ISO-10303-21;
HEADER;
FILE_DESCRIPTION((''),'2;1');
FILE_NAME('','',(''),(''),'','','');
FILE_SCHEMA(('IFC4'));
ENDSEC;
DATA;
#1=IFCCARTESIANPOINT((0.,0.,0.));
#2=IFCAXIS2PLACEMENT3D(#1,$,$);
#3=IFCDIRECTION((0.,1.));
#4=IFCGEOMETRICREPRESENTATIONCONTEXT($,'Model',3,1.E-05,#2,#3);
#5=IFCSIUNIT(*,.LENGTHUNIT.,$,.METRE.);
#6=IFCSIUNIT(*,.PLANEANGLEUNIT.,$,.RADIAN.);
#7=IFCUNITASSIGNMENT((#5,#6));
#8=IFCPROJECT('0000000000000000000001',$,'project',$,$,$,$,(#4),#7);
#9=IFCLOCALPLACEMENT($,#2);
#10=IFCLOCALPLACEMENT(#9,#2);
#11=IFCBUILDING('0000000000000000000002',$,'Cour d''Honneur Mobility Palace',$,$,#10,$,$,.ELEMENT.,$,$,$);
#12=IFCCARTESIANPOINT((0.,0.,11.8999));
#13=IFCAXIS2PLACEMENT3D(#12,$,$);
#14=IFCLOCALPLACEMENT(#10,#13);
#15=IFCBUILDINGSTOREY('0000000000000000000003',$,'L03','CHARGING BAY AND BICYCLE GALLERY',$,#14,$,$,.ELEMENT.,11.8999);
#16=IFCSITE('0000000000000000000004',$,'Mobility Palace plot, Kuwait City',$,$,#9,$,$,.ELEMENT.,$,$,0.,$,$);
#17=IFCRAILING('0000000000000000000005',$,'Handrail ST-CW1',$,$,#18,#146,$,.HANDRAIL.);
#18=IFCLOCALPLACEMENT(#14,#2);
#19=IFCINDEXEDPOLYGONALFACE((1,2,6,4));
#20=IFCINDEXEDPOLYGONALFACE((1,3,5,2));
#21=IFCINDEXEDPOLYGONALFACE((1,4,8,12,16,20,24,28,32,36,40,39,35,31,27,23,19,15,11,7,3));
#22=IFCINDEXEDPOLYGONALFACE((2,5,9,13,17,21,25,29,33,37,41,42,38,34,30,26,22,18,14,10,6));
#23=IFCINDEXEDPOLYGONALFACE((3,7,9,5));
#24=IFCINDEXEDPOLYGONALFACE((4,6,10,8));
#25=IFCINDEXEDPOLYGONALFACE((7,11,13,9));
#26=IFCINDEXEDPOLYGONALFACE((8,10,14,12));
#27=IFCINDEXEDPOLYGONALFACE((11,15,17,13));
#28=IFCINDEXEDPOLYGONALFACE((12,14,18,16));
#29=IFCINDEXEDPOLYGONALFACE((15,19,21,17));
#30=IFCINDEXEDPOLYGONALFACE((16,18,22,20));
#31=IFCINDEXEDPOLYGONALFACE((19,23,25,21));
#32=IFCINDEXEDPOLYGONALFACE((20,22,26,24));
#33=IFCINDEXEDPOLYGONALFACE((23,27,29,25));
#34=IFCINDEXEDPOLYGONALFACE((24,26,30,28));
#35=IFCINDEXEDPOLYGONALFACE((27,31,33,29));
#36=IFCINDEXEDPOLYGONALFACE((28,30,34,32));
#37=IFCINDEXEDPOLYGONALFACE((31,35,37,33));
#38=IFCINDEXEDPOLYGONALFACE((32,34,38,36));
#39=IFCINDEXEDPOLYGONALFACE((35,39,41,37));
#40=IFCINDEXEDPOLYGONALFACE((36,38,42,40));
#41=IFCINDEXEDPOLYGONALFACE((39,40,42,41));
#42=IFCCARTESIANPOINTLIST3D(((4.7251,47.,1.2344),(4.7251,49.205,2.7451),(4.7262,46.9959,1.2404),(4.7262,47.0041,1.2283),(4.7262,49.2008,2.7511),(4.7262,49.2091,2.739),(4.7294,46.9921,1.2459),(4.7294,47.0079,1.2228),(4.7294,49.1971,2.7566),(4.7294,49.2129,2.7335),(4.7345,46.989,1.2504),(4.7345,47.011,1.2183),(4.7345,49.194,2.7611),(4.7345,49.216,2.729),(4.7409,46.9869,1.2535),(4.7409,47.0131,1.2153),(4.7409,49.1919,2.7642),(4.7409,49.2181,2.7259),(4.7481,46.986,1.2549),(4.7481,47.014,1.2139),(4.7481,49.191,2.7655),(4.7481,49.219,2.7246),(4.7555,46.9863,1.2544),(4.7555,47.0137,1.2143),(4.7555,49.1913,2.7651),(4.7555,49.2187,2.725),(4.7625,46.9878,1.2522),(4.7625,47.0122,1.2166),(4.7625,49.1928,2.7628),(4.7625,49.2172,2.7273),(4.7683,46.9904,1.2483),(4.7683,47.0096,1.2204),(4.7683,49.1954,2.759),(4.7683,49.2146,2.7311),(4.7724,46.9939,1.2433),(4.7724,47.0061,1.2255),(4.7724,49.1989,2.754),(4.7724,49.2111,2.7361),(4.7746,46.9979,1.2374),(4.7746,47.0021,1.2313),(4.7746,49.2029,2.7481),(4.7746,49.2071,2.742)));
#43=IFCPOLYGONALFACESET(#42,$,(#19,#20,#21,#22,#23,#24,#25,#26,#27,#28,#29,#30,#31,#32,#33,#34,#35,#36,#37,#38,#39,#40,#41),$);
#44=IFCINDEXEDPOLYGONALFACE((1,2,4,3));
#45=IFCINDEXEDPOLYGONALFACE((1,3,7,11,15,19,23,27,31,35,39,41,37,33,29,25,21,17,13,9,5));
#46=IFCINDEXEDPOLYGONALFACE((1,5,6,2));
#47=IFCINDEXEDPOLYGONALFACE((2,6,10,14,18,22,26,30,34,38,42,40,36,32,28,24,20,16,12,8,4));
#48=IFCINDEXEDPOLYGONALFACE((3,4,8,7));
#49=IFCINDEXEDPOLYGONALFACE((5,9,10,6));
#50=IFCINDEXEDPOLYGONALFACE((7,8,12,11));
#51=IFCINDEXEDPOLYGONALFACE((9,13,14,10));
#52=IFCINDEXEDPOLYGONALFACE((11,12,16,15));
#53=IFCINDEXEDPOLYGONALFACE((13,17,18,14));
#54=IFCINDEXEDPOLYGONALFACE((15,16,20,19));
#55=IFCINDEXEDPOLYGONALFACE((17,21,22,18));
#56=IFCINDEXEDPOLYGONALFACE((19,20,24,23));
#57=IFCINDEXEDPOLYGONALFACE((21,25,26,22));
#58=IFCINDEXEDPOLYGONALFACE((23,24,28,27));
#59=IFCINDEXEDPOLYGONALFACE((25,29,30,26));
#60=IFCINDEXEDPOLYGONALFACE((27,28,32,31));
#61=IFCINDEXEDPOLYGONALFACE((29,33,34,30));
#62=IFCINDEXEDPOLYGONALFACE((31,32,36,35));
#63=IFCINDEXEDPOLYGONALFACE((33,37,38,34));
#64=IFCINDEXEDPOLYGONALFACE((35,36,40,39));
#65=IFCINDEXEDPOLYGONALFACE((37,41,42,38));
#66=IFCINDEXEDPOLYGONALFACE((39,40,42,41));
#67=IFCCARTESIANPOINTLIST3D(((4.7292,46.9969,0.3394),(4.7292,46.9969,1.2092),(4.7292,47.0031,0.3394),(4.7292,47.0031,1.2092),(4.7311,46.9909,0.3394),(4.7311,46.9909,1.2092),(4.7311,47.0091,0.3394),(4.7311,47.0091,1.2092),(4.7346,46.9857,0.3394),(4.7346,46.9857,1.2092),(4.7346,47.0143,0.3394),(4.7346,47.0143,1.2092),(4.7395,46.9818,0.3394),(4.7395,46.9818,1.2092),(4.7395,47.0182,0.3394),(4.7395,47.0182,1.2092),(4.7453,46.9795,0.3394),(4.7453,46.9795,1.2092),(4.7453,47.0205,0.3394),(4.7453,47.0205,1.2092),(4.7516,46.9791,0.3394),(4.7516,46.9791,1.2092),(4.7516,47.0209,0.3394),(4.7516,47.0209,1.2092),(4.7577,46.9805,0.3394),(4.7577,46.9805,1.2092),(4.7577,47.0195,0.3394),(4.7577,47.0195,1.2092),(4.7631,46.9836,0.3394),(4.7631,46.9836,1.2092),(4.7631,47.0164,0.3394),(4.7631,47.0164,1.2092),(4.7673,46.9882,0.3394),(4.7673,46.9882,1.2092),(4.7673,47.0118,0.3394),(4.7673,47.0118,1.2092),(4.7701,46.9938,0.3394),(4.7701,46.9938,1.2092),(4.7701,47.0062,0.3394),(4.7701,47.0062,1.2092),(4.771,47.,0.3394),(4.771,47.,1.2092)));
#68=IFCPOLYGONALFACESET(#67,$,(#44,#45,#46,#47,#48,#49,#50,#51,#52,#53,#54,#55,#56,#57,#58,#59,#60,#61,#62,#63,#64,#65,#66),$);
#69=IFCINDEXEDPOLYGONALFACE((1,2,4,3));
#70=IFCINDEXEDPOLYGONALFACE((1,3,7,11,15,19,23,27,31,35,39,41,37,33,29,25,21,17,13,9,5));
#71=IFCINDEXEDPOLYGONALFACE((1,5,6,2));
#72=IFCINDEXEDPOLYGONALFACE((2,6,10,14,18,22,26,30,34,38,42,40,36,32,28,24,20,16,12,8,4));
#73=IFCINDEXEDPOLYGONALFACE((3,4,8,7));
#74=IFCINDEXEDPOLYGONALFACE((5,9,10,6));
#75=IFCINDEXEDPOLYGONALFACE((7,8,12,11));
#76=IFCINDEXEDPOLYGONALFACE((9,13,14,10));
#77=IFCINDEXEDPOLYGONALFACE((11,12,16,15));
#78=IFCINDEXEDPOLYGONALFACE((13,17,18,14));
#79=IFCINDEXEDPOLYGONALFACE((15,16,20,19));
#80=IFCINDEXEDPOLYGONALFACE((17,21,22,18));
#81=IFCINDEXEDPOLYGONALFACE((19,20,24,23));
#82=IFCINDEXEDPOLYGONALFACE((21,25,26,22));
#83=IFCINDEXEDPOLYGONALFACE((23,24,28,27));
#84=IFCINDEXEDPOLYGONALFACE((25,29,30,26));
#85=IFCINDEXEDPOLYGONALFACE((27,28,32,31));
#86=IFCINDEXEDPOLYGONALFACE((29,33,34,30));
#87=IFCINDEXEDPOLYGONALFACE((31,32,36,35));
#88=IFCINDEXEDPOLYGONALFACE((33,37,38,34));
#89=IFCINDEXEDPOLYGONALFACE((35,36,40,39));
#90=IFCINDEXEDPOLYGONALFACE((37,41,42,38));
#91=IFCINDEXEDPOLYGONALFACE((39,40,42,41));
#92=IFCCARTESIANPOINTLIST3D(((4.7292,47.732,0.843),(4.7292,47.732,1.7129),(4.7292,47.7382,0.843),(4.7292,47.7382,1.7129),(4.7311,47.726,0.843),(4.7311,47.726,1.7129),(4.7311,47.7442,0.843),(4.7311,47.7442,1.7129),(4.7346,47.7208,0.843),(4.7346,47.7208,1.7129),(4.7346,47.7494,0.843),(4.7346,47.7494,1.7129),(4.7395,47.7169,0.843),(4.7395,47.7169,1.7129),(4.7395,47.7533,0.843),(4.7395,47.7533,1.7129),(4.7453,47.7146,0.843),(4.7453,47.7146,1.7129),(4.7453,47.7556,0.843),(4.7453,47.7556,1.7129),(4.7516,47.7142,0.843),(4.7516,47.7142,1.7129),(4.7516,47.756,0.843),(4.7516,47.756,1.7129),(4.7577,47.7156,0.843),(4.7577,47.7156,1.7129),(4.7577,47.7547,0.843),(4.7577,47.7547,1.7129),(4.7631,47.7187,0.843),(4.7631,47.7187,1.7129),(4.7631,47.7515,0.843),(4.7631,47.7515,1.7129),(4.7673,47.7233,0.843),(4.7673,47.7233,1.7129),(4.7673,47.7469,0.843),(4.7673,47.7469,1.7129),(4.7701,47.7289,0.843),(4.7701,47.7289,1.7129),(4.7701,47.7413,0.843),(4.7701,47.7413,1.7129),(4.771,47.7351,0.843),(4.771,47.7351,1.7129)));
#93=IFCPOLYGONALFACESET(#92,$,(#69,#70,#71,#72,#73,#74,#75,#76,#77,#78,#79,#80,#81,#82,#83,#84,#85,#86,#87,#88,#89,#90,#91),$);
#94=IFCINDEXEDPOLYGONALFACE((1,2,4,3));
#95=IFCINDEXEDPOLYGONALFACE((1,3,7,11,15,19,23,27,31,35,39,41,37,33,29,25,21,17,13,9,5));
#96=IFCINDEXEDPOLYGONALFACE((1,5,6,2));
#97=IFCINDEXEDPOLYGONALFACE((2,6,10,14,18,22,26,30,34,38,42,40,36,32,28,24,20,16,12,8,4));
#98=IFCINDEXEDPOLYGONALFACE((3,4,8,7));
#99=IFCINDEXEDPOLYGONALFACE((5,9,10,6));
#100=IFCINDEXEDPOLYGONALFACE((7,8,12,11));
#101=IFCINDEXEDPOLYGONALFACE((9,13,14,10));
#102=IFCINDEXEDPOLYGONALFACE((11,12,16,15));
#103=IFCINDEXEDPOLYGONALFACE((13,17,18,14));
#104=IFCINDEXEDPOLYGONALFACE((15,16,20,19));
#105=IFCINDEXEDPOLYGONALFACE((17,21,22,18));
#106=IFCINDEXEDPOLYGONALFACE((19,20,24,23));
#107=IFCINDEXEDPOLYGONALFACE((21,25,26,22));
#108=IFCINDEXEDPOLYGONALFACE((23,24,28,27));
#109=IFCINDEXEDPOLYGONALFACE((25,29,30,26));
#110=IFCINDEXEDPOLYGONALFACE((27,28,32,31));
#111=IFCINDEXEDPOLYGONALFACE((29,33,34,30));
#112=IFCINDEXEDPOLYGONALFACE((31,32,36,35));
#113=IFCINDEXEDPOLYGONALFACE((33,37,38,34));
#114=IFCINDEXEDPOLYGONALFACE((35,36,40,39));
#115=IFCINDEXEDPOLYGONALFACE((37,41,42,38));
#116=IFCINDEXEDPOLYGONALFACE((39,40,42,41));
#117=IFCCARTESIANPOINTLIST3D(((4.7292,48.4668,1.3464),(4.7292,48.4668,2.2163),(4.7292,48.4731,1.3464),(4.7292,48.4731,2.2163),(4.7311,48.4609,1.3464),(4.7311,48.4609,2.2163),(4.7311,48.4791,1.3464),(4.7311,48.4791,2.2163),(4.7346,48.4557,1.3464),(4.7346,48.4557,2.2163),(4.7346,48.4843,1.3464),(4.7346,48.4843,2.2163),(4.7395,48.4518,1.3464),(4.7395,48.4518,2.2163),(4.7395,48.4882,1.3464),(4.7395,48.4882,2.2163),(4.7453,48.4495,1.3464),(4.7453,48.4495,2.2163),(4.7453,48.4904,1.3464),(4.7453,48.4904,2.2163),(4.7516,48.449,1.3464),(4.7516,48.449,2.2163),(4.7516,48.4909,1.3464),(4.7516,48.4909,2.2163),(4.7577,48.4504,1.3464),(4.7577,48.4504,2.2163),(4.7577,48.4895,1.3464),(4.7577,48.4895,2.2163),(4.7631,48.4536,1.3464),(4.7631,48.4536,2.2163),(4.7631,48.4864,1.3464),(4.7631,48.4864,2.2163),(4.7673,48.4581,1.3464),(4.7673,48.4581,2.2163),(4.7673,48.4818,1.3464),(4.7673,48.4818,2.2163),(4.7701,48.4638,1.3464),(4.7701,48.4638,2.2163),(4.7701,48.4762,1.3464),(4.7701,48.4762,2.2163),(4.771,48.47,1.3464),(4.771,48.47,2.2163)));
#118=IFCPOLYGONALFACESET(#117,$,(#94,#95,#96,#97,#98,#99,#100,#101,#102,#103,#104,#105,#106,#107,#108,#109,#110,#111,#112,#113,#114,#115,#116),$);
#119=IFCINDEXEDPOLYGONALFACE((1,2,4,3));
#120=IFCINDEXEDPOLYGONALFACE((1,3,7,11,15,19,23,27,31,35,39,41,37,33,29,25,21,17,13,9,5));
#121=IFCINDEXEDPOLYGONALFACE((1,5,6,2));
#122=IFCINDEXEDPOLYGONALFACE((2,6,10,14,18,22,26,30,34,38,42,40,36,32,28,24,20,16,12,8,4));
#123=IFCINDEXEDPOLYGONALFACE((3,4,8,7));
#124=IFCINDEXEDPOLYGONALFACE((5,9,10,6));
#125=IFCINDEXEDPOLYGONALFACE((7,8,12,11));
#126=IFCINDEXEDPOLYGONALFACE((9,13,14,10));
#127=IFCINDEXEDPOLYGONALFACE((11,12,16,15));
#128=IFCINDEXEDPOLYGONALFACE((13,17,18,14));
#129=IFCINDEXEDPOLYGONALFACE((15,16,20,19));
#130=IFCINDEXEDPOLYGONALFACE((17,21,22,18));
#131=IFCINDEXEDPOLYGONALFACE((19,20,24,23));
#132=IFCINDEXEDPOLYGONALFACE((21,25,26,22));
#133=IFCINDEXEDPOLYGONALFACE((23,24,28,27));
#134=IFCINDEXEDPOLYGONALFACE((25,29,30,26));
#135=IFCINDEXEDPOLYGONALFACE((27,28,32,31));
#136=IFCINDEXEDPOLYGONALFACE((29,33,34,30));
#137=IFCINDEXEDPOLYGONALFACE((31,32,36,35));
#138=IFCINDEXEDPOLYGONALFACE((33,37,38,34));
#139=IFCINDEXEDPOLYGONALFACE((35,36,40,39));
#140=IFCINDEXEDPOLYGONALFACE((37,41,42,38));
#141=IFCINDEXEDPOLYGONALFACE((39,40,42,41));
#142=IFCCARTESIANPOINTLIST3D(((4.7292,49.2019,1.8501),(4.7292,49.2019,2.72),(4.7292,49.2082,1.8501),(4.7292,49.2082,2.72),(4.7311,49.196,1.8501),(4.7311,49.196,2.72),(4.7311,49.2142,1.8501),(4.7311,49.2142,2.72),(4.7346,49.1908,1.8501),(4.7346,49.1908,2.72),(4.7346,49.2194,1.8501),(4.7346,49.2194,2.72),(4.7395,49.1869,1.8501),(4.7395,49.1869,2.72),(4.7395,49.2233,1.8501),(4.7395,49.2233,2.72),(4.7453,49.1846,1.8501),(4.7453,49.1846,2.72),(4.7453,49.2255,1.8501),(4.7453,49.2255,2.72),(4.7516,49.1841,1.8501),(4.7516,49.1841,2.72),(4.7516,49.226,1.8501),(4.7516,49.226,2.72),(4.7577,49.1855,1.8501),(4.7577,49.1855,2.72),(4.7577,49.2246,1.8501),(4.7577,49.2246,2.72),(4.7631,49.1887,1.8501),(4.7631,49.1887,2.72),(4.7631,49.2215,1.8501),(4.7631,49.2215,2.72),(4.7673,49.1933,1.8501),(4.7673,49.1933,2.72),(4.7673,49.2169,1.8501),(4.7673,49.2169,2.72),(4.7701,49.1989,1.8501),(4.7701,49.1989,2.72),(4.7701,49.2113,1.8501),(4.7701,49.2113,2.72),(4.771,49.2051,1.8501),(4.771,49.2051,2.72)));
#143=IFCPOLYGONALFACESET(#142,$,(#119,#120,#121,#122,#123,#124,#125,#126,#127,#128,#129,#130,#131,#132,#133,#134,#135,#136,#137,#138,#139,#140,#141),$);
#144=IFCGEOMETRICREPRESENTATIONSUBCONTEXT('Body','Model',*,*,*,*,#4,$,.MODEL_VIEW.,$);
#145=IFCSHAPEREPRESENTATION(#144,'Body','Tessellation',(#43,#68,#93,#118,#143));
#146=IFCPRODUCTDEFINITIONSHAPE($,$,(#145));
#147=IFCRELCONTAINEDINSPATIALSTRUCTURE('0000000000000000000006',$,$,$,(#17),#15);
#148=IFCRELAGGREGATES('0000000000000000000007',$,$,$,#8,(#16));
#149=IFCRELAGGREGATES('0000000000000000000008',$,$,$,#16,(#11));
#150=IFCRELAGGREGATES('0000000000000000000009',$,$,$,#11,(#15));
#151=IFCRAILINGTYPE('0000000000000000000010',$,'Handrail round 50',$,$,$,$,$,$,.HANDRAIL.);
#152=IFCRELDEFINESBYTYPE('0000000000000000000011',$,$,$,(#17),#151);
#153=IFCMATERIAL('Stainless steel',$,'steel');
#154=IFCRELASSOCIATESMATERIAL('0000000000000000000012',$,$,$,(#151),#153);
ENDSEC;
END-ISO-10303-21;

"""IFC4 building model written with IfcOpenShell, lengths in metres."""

from ifc_helpers import new_model, si_unit, direction, frame, origin, origin_2d, place, context, subcontext, project, spatial, circle, extrude, material, type_object, element, save


model = new_model("IFC4")

# Units and contexts
model_context = context("Model", 3, precision=1e-05, world=origin(), true_north=direction((0.0, 1.0)))
body_context = subcontext(model_context, "Body", "Model", "MODEL_VIEW")
ifc_project = project(units=[si_unit("LENGTHUNIT", "METRE"), si_unit("PLANEANGLEUNIT", "RADIAN")], contexts=[model_context])

# Site, building, storey
site_placement = place(None, origin())
site = spatial("IfcSite", under=ifc_project, at=site_placement, Name="Mobility Palace plot, Kuwait City", CompositionType="ELEMENT", RefElevation=0.0)
building_placement = place(site_placement, origin())
building = spatial("IfcBuilding", under=site, at=building_placement, Name="Cour d'Honneur Mobility Palace", CompositionType="ELEMENT")
storey_placement = place(building_placement, frame((0.0, 0.0, 11.8999)))
storey = spatial("IfcBuildingStorey", under=building, at=storey_placement, Name="L03", Description="CHARGING BAY AND BICYCLE GALLERY", CompositionType="ELEMENT", Elevation=11.8999)

# Railing
ifc_material_1 = material(Name="Stainless steel", Category="steel")
railing_type_1 = type_object("IfcRailingType", Name="Handrail round 50", PredefinedType="HANDRAIL", material=ifc_material_1)
railing_1_placement = place(storey_placement, frame((4.75, 47.0, 0.3394)))
element("IfcRailing", 1, at=railing_1_placement, inside=storey, type_object=railing_type_1, Name="Handrail ST-CW1", PredefinedType="HANDRAIL", context=body_context, shape_type="SweptSolid", body=[
    extrude(circle(Radius=0.0249, at=origin_2d()), frame((0.0, 0.0, 0.895), z_axis=(0.0, 0.824958, 0.565195), x_axis=(-1.0, 0.0, 0.0)), (0.0, 0.0, 1.0), 2.6729),
    extrude(circle(Radius=0.021, at=origin_2d()), origin(), (0.0, 0.0, 1.0), 0.8699),
    extrude(circle(Radius=0.021, at=origin_2d()), frame((0.0, 0.7351, 0.5037)), (0.0, 0.0, 1.0), 0.8699),
    extrude(circle(Radius=0.021, at=origin_2d()), frame((0.0, 1.47, 1.0071)), (0.0, 0.0, 1.0), 0.8699),
    extrude(circle(Radius=0.021, at=origin_2d()), frame((0.0, 2.2051, 1.5107)), (0.0, 0.0, 1.0), 0.8699),
])

save(model, "model.ifc")
